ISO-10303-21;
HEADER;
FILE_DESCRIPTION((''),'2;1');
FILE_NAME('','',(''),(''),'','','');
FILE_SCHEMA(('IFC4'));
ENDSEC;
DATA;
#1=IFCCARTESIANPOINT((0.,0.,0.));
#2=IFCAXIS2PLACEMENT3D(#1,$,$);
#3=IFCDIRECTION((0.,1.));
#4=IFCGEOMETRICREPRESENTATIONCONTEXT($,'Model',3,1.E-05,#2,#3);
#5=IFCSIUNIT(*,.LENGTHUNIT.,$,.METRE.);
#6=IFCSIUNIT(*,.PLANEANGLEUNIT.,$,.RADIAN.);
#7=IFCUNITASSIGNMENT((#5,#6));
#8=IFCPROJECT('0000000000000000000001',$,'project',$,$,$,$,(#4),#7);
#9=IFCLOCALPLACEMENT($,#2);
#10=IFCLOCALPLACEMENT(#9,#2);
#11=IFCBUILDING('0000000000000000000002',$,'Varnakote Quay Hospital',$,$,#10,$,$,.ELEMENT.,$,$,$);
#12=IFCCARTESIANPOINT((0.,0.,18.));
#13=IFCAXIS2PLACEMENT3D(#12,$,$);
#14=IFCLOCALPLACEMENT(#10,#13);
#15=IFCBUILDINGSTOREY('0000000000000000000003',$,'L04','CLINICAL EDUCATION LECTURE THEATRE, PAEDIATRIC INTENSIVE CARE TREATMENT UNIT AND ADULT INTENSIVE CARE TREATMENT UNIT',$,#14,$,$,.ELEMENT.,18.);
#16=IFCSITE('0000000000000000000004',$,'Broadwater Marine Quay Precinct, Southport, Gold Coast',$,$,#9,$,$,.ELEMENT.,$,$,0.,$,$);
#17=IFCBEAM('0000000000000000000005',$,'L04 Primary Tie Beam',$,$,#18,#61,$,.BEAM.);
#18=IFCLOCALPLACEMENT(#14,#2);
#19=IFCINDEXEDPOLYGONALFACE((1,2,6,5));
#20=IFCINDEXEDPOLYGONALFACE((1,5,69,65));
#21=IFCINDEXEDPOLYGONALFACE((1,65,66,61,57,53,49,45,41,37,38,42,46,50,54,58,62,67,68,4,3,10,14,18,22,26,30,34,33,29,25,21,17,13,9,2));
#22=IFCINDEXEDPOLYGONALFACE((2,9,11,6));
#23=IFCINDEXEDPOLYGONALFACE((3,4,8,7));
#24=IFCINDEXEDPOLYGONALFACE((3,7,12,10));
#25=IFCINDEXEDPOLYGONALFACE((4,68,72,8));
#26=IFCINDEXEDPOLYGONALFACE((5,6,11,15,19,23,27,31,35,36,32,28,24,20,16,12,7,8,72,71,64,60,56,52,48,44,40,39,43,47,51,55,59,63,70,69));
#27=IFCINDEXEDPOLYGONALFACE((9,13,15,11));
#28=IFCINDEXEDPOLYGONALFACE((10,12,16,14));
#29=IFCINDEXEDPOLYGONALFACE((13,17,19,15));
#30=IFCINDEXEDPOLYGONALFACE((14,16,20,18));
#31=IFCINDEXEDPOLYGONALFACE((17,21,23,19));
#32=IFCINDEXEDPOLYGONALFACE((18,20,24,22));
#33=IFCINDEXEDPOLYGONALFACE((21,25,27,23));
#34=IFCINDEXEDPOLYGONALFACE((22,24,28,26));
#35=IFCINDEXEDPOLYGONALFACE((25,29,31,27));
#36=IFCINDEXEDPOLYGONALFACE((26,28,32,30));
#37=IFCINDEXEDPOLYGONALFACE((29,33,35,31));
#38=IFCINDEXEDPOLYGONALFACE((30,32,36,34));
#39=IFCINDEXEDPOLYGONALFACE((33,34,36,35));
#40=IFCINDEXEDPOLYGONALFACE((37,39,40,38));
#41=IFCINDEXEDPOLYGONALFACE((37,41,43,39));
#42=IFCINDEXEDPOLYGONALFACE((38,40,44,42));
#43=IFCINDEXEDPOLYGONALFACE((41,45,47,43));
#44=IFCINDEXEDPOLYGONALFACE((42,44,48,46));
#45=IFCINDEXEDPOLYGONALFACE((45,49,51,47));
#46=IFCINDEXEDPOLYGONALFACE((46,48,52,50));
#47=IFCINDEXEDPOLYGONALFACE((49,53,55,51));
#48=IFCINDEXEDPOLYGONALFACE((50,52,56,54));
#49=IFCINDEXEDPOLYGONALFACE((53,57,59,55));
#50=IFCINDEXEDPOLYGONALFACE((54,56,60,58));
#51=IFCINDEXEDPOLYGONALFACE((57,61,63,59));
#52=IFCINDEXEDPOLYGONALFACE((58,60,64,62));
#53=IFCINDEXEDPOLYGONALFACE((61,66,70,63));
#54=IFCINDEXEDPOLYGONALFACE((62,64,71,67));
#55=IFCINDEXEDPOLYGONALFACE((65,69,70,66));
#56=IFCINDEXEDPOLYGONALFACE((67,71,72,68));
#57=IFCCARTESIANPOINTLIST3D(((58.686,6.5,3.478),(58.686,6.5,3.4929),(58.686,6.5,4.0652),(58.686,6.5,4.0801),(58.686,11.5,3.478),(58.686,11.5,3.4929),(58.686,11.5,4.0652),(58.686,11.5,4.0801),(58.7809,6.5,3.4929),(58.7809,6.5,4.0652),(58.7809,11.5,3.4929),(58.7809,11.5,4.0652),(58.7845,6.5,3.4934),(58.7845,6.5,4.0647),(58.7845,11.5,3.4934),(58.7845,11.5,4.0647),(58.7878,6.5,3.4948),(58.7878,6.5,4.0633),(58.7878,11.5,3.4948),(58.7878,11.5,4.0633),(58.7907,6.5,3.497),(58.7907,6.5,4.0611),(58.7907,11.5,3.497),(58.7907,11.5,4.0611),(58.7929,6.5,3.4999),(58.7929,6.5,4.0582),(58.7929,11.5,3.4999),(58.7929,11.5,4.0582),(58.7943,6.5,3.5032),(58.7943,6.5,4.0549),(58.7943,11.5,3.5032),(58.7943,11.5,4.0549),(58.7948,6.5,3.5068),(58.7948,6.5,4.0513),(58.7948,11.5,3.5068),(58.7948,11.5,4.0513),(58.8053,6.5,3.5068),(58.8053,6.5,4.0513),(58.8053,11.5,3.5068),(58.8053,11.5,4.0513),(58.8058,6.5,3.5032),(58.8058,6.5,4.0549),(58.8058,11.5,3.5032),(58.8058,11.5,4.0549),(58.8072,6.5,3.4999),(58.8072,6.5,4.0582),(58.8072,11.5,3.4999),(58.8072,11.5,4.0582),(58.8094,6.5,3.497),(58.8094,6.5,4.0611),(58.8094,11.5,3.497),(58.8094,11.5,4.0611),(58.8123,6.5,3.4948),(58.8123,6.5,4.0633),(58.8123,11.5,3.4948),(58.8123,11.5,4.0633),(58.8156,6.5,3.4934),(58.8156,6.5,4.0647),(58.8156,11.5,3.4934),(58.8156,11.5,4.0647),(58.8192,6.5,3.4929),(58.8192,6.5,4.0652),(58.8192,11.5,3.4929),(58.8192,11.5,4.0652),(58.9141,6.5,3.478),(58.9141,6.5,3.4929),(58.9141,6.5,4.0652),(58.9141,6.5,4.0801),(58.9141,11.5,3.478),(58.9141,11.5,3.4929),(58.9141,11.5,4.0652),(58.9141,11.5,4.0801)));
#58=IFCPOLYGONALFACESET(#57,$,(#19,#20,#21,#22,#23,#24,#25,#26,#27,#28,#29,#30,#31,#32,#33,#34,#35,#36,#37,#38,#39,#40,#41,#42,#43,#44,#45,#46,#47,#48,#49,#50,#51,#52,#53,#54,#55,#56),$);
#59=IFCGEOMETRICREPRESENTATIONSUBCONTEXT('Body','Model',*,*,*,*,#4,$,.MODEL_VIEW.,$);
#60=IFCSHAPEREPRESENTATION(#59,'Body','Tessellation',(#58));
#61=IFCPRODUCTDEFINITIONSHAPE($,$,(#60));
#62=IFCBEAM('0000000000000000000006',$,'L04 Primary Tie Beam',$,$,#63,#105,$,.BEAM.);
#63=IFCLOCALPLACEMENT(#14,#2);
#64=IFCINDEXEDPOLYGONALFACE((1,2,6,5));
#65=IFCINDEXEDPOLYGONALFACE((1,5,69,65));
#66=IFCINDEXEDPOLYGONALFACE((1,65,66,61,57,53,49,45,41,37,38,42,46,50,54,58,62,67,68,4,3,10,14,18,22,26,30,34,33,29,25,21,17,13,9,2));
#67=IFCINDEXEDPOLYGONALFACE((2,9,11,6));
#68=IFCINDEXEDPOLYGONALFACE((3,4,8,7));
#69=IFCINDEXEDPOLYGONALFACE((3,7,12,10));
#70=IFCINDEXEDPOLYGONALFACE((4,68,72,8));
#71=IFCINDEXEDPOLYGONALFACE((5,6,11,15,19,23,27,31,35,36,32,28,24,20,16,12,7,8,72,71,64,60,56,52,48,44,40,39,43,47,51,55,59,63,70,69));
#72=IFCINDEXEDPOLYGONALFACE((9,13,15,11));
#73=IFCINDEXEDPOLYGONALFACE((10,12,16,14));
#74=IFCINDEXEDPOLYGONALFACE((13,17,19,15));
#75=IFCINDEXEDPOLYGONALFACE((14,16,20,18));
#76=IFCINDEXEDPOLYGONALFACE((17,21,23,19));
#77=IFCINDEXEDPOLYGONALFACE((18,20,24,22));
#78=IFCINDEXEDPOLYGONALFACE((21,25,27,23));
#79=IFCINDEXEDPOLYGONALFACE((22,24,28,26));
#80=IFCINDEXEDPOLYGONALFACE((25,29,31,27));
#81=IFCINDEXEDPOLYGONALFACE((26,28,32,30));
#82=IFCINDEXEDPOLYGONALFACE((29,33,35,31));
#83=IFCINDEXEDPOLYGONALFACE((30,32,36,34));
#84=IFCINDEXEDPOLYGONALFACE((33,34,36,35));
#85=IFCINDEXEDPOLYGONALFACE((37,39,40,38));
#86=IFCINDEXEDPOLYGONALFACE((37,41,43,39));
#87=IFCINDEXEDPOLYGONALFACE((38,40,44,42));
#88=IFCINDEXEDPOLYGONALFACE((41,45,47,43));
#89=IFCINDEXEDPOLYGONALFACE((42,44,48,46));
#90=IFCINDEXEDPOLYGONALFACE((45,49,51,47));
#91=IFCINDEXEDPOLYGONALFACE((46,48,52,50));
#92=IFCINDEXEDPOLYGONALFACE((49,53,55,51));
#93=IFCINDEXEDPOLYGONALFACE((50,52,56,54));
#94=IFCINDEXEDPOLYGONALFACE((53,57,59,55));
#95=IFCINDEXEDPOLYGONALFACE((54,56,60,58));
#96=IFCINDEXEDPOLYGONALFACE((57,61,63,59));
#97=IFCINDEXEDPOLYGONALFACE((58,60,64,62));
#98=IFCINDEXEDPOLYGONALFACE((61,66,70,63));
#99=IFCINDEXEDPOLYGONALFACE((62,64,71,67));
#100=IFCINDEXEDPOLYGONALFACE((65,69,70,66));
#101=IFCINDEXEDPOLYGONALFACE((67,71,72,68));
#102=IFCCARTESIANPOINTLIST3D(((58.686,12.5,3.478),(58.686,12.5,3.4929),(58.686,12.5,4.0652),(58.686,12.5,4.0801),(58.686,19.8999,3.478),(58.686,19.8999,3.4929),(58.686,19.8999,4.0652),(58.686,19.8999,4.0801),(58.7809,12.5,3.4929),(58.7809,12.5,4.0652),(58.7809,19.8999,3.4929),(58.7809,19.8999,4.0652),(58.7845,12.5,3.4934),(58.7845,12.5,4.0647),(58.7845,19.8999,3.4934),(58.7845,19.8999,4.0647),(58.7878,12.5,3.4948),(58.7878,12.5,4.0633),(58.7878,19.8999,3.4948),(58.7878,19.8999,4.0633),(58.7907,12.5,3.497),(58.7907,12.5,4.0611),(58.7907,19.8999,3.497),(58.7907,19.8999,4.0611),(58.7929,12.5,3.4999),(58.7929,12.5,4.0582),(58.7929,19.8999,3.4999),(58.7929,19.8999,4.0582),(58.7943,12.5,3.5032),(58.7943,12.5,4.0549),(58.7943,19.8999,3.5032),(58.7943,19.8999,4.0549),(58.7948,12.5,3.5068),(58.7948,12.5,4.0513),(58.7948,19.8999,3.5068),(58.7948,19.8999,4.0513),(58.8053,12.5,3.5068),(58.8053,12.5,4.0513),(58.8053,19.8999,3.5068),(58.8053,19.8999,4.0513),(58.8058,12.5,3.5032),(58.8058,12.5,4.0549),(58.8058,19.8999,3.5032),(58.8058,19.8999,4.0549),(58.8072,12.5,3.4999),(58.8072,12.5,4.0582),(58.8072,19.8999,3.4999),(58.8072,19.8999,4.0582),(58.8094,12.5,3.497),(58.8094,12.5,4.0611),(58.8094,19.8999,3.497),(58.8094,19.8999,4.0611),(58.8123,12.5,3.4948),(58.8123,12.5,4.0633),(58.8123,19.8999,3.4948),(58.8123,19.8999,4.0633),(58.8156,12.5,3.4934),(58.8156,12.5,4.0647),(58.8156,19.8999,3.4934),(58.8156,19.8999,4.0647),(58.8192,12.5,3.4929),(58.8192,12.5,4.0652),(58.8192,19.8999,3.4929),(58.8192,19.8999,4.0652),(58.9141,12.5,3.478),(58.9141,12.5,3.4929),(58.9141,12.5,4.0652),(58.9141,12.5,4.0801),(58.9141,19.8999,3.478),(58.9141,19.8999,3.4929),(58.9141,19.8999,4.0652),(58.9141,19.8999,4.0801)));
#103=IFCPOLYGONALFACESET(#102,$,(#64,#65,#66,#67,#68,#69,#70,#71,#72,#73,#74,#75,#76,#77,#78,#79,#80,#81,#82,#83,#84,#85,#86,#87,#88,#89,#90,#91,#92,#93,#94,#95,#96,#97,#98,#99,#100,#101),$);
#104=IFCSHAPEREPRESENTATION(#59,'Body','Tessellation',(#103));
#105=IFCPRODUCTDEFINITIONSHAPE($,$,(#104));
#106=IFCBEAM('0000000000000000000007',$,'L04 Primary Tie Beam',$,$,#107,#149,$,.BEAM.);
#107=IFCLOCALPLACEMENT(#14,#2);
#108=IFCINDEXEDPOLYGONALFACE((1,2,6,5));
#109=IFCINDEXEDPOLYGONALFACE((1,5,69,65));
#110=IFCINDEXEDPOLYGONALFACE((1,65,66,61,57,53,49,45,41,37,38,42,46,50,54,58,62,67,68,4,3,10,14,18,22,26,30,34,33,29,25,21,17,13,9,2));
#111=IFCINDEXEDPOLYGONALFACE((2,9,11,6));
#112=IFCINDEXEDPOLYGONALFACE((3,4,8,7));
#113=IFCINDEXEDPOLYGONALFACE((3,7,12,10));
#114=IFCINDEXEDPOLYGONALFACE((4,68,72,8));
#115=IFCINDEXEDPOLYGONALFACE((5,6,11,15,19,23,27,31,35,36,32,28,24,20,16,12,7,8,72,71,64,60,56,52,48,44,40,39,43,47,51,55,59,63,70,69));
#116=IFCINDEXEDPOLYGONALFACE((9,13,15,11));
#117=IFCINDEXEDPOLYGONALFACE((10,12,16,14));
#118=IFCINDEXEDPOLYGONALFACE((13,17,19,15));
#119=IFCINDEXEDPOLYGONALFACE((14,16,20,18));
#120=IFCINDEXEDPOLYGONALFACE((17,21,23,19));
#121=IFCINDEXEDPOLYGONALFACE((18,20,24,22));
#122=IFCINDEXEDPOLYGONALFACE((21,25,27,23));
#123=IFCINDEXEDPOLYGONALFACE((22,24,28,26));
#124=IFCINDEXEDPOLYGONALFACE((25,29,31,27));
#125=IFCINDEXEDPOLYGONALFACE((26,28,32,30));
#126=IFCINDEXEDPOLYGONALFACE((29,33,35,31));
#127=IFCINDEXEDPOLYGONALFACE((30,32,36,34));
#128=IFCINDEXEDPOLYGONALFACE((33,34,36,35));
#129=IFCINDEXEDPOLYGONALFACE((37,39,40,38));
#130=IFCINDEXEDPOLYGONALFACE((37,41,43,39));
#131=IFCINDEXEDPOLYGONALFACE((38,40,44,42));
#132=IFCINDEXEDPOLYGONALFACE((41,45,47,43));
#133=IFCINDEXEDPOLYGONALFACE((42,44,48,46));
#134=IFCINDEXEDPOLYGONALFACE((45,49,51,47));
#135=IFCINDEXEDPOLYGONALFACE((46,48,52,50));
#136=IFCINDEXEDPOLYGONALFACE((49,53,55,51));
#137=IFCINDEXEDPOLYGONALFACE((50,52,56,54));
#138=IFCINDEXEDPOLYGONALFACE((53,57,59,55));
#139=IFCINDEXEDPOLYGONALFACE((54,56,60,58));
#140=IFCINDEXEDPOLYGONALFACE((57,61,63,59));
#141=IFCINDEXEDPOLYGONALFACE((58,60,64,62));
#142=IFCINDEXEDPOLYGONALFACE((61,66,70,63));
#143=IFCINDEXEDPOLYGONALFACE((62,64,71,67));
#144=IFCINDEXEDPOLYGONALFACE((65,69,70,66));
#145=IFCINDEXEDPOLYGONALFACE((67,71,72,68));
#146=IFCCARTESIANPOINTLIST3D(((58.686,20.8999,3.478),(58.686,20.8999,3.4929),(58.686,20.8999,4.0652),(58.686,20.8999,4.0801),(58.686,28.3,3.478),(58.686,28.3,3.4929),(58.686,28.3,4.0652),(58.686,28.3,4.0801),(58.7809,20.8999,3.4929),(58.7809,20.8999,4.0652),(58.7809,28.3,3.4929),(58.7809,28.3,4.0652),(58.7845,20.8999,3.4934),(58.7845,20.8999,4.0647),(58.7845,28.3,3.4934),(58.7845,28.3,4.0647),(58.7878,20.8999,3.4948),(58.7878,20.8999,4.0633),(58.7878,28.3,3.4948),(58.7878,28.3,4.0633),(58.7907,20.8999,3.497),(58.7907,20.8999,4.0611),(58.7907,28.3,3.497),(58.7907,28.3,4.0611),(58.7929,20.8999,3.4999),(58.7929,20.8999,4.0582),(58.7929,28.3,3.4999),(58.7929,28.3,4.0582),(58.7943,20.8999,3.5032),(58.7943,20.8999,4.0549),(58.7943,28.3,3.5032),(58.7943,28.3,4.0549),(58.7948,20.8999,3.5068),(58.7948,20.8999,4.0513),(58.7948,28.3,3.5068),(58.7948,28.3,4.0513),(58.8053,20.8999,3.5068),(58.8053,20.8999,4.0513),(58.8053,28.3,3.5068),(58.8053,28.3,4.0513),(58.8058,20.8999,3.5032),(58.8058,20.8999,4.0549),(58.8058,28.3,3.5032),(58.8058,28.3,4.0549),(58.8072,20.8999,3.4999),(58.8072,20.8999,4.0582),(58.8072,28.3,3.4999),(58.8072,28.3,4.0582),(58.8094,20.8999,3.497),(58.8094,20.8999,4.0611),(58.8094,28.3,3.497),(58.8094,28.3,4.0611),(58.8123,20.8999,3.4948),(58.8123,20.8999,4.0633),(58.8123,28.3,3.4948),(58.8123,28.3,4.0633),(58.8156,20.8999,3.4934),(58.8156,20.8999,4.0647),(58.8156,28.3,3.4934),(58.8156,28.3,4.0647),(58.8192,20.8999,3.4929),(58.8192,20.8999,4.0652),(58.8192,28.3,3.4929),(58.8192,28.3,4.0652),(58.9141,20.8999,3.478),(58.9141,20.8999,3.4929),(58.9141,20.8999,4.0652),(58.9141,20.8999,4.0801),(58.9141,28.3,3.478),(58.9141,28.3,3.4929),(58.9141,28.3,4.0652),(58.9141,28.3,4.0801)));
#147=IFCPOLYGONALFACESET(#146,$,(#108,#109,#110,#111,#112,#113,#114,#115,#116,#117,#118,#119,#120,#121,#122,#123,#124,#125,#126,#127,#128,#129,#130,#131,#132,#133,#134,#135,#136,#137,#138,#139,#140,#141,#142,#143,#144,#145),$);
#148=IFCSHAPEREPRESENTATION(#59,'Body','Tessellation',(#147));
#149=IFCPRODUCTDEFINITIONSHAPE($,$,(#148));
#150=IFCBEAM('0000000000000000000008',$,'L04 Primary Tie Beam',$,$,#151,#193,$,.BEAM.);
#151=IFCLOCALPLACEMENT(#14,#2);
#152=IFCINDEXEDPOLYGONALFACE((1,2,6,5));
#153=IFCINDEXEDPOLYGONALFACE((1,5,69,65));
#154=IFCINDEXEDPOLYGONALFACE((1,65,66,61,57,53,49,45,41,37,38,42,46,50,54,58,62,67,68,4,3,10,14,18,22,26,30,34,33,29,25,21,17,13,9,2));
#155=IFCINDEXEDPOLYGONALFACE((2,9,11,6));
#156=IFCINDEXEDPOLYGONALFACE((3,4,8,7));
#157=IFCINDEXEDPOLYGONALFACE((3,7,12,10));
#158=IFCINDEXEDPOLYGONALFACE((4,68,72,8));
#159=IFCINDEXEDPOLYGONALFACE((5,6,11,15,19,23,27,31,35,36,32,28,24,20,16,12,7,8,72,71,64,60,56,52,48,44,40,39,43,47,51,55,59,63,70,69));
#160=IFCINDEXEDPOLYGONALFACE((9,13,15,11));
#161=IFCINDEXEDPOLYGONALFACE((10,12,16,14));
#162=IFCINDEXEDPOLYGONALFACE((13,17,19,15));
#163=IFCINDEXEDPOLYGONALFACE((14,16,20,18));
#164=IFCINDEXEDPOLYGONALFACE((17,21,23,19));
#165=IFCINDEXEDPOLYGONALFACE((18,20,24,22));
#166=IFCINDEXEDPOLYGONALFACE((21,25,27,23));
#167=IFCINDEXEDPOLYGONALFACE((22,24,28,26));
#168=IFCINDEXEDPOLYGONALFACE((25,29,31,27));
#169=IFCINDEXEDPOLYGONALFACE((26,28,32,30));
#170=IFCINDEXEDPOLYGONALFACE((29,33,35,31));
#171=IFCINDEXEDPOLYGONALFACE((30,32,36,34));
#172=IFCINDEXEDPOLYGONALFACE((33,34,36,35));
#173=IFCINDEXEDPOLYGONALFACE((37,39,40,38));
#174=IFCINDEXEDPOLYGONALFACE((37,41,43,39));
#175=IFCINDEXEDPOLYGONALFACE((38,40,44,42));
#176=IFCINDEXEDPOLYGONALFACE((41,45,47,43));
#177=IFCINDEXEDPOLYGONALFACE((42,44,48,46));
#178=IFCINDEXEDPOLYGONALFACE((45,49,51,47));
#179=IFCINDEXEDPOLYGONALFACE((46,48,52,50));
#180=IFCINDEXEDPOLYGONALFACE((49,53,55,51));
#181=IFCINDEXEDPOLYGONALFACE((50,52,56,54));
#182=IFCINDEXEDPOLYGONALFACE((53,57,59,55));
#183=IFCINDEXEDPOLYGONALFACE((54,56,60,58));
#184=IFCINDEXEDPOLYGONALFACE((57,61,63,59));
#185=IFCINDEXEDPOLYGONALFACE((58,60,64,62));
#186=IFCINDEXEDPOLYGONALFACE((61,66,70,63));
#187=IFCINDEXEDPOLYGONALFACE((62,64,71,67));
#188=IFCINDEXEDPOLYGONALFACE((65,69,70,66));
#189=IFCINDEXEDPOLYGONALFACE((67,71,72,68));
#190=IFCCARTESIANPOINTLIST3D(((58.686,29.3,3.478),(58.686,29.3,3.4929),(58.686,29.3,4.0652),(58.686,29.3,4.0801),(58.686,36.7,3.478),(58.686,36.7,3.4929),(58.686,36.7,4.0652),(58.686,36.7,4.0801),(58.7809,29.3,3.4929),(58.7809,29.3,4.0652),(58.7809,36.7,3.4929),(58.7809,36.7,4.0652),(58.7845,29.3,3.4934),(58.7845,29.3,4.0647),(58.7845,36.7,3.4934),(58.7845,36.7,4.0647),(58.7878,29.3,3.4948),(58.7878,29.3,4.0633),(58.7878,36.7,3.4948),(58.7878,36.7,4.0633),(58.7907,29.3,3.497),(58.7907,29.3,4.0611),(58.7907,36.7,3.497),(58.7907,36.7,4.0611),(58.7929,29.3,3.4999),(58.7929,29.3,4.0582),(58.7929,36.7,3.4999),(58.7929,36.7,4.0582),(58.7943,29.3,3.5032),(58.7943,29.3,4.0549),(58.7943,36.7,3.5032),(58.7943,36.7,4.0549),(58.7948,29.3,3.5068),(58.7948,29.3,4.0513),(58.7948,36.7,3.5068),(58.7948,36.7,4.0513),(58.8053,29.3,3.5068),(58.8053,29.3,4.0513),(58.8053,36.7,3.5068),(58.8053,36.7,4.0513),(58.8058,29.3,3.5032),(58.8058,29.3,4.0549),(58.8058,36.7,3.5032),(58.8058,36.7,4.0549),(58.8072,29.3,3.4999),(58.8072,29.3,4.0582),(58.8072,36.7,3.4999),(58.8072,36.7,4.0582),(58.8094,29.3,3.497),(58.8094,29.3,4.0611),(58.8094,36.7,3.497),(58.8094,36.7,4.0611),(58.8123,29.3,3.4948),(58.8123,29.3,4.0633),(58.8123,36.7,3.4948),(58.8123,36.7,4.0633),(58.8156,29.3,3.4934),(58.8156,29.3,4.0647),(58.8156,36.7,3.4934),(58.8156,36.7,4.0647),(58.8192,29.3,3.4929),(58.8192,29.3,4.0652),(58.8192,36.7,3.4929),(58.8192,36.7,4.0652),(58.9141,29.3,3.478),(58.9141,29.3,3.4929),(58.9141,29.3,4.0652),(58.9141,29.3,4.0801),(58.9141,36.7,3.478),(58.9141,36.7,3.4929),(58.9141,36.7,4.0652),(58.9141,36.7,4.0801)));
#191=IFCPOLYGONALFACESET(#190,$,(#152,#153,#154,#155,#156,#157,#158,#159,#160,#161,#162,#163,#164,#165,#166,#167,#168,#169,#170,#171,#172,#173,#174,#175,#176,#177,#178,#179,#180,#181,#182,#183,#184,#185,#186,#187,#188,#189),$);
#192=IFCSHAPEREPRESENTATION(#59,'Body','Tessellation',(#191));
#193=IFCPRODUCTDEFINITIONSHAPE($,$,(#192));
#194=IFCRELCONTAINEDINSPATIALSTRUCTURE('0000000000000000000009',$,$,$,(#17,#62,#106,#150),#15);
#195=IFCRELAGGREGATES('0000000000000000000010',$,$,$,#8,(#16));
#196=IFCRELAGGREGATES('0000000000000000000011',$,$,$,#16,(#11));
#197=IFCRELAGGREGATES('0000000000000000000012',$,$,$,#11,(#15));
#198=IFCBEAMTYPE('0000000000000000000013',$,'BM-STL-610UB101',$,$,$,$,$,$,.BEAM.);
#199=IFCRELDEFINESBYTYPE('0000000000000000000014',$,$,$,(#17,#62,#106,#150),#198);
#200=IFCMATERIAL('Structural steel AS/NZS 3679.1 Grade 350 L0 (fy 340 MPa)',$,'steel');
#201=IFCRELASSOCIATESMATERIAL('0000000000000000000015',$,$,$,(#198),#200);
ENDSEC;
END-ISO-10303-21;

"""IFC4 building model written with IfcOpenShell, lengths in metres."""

from ifc_helpers import new_model, si_unit, direction, frame, origin, origin_2d, place, context, subcontext, project, spatial, i_section, extrude, material, material_profile, profile_set, type_object, element, save


model = new_model("IFC4")

# Units and contexts
model_context = context("Model", 3, precision=1e-05, world=origin(), true_north=direction((0.0, 1.0)))
body_context = subcontext(model_context, "Body", "Model", "MODEL_VIEW")
ifc_project = project(units=[si_unit("LENGTHUNIT", "METRE"), si_unit("PLANEANGLEUNIT", "RADIAN")], contexts=[model_context])

# Site, building, storey
site_placement = place(None, origin())
site = spatial("IfcSite", under=ifc_project, at=site_placement, Name="Broadwater Marine Quay Precinct, Southport, Gold Coast", CompositionType="ELEMENT", RefElevation=0.0)
building_placement = place(site_placement, origin())
building = spatial("IfcBuilding", under=site, at=building_placement, Name="Varnakote Quay Hospital", CompositionType="ELEMENT")
storey_placement = place(building_placement, frame((0.0, 0.0, 18.0)))
storey = spatial("IfcBuildingStorey", under=building, at=storey_placement, Name="L04", Description="CLINICAL EDUCATION LECTURE THEATRE, PAEDIATRIC INTENSIVE CARE TREATMENT UNIT AND ADULT INTENSIVE CARE TREATMENT UNIT", CompositionType="ELEMENT", Elevation=18.0)

# Beams
ifc_material_1 = material(Name="Structural steel AS/NZS 3679.1 Grade 350 L0 (fy 340 MPa)", Category="steel")
ifc_material_profile_1 = material_profile(ifc_material_1, i_section(OverallWidth=0.228, OverallDepth=0.6021, WebThickness=0.0105, FlangeThickness=0.0149, FilletRadius=0.0139, at=origin_2d()), Name="610UB101")
ifc_profile_set_1 = profile_set([ifc_material_profile_1], Name="Structural steel AS/NZS 3679.1 Grade 350 L0 (fy 340 MPa)")
beam_type_1 = type_object("IfcBeamType", Name="BM-STL-610UB101", PredefinedType="BEAM", material=ifc_profile_set_1)
beam_1_placement = place(storey_placement, frame((58.8, 6.5, 3.7791), z_axis=(0.0, 1.0, 0.0), x_axis=(-1.0, 0.0, 0.0)))
element("IfcBeam", 1, at=beam_1_placement, inside=storey, type_object=beam_type_1, Name="L04 Primary Tie Beam", PredefinedType="BEAM", context=body_context, shape_type="SweptSolid", body=[
    extrude(i_section(OverallWidth=0.228, OverallDepth=0.6021, WebThickness=0.0105, FlangeThickness=0.0149, FilletRadius=0.0139, at=origin_2d()), origin(), (0.0, 0.0, 1.0), 5.0),
])
beam_2_placement = place(storey_placement, frame((58.8, 12.5, 3.7791), z_axis=(0.0, 1.0, 0.0), x_axis=(-1.0, 0.0, 0.0)))
element("IfcBeam", 2, at=beam_2_placement, inside=storey, type_object=beam_type_1, Name="L04 Primary Tie Beam", PredefinedType="BEAM", context=body_context, shape_type="SweptSolid", body=[
    extrude(i_section(OverallWidth=0.228, OverallDepth=0.6021, WebThickness=0.0105, FlangeThickness=0.0149, FilletRadius=0.0139, at=origin_2d()), origin(), (0.0, 0.0, 1.0), 7.3999),
])
beam_3_placement = place(storey_placement, frame((58.8, 20.8999, 3.7791), z_axis=(0.0, 1.0, 0.0), x_axis=(-1.0, 0.0, 0.0)))
element("IfcBeam", 3, at=beam_3_placement, inside=storey, type_object=beam_type_1, Name="L04 Primary Tie Beam", PredefinedType="BEAM", context=body_context, shape_type="SweptSolid", body=[
    extrude(i_section(OverallWidth=0.228, OverallDepth=0.6021, WebThickness=0.0105, FlangeThickness=0.0149, FilletRadius=0.0139, at=origin_2d()), origin(), (0.0, 0.0, 1.0), 7.4001),
])
beam_4_placement = place(storey_placement, frame((58.8, 29.3, 3.7791), z_axis=(0.0, 1.0, 0.0), x_axis=(-1.0, 0.0, 0.0)))
element("IfcBeam", 4, at=beam_4_placement, inside=storey, type_object=beam_type_1, Name="L04 Primary Tie Beam", PredefinedType="BEAM", context=body_context, shape_type="SweptSolid", body=[
    extrude(i_section(OverallWidth=0.228, OverallDepth=0.6021, WebThickness=0.0105, FlangeThickness=0.0149, FilletRadius=0.0139, at=origin_2d()), origin(), (0.0, 0.0, 1.0), 7.3999),
])

save(model, "model.ifc")
